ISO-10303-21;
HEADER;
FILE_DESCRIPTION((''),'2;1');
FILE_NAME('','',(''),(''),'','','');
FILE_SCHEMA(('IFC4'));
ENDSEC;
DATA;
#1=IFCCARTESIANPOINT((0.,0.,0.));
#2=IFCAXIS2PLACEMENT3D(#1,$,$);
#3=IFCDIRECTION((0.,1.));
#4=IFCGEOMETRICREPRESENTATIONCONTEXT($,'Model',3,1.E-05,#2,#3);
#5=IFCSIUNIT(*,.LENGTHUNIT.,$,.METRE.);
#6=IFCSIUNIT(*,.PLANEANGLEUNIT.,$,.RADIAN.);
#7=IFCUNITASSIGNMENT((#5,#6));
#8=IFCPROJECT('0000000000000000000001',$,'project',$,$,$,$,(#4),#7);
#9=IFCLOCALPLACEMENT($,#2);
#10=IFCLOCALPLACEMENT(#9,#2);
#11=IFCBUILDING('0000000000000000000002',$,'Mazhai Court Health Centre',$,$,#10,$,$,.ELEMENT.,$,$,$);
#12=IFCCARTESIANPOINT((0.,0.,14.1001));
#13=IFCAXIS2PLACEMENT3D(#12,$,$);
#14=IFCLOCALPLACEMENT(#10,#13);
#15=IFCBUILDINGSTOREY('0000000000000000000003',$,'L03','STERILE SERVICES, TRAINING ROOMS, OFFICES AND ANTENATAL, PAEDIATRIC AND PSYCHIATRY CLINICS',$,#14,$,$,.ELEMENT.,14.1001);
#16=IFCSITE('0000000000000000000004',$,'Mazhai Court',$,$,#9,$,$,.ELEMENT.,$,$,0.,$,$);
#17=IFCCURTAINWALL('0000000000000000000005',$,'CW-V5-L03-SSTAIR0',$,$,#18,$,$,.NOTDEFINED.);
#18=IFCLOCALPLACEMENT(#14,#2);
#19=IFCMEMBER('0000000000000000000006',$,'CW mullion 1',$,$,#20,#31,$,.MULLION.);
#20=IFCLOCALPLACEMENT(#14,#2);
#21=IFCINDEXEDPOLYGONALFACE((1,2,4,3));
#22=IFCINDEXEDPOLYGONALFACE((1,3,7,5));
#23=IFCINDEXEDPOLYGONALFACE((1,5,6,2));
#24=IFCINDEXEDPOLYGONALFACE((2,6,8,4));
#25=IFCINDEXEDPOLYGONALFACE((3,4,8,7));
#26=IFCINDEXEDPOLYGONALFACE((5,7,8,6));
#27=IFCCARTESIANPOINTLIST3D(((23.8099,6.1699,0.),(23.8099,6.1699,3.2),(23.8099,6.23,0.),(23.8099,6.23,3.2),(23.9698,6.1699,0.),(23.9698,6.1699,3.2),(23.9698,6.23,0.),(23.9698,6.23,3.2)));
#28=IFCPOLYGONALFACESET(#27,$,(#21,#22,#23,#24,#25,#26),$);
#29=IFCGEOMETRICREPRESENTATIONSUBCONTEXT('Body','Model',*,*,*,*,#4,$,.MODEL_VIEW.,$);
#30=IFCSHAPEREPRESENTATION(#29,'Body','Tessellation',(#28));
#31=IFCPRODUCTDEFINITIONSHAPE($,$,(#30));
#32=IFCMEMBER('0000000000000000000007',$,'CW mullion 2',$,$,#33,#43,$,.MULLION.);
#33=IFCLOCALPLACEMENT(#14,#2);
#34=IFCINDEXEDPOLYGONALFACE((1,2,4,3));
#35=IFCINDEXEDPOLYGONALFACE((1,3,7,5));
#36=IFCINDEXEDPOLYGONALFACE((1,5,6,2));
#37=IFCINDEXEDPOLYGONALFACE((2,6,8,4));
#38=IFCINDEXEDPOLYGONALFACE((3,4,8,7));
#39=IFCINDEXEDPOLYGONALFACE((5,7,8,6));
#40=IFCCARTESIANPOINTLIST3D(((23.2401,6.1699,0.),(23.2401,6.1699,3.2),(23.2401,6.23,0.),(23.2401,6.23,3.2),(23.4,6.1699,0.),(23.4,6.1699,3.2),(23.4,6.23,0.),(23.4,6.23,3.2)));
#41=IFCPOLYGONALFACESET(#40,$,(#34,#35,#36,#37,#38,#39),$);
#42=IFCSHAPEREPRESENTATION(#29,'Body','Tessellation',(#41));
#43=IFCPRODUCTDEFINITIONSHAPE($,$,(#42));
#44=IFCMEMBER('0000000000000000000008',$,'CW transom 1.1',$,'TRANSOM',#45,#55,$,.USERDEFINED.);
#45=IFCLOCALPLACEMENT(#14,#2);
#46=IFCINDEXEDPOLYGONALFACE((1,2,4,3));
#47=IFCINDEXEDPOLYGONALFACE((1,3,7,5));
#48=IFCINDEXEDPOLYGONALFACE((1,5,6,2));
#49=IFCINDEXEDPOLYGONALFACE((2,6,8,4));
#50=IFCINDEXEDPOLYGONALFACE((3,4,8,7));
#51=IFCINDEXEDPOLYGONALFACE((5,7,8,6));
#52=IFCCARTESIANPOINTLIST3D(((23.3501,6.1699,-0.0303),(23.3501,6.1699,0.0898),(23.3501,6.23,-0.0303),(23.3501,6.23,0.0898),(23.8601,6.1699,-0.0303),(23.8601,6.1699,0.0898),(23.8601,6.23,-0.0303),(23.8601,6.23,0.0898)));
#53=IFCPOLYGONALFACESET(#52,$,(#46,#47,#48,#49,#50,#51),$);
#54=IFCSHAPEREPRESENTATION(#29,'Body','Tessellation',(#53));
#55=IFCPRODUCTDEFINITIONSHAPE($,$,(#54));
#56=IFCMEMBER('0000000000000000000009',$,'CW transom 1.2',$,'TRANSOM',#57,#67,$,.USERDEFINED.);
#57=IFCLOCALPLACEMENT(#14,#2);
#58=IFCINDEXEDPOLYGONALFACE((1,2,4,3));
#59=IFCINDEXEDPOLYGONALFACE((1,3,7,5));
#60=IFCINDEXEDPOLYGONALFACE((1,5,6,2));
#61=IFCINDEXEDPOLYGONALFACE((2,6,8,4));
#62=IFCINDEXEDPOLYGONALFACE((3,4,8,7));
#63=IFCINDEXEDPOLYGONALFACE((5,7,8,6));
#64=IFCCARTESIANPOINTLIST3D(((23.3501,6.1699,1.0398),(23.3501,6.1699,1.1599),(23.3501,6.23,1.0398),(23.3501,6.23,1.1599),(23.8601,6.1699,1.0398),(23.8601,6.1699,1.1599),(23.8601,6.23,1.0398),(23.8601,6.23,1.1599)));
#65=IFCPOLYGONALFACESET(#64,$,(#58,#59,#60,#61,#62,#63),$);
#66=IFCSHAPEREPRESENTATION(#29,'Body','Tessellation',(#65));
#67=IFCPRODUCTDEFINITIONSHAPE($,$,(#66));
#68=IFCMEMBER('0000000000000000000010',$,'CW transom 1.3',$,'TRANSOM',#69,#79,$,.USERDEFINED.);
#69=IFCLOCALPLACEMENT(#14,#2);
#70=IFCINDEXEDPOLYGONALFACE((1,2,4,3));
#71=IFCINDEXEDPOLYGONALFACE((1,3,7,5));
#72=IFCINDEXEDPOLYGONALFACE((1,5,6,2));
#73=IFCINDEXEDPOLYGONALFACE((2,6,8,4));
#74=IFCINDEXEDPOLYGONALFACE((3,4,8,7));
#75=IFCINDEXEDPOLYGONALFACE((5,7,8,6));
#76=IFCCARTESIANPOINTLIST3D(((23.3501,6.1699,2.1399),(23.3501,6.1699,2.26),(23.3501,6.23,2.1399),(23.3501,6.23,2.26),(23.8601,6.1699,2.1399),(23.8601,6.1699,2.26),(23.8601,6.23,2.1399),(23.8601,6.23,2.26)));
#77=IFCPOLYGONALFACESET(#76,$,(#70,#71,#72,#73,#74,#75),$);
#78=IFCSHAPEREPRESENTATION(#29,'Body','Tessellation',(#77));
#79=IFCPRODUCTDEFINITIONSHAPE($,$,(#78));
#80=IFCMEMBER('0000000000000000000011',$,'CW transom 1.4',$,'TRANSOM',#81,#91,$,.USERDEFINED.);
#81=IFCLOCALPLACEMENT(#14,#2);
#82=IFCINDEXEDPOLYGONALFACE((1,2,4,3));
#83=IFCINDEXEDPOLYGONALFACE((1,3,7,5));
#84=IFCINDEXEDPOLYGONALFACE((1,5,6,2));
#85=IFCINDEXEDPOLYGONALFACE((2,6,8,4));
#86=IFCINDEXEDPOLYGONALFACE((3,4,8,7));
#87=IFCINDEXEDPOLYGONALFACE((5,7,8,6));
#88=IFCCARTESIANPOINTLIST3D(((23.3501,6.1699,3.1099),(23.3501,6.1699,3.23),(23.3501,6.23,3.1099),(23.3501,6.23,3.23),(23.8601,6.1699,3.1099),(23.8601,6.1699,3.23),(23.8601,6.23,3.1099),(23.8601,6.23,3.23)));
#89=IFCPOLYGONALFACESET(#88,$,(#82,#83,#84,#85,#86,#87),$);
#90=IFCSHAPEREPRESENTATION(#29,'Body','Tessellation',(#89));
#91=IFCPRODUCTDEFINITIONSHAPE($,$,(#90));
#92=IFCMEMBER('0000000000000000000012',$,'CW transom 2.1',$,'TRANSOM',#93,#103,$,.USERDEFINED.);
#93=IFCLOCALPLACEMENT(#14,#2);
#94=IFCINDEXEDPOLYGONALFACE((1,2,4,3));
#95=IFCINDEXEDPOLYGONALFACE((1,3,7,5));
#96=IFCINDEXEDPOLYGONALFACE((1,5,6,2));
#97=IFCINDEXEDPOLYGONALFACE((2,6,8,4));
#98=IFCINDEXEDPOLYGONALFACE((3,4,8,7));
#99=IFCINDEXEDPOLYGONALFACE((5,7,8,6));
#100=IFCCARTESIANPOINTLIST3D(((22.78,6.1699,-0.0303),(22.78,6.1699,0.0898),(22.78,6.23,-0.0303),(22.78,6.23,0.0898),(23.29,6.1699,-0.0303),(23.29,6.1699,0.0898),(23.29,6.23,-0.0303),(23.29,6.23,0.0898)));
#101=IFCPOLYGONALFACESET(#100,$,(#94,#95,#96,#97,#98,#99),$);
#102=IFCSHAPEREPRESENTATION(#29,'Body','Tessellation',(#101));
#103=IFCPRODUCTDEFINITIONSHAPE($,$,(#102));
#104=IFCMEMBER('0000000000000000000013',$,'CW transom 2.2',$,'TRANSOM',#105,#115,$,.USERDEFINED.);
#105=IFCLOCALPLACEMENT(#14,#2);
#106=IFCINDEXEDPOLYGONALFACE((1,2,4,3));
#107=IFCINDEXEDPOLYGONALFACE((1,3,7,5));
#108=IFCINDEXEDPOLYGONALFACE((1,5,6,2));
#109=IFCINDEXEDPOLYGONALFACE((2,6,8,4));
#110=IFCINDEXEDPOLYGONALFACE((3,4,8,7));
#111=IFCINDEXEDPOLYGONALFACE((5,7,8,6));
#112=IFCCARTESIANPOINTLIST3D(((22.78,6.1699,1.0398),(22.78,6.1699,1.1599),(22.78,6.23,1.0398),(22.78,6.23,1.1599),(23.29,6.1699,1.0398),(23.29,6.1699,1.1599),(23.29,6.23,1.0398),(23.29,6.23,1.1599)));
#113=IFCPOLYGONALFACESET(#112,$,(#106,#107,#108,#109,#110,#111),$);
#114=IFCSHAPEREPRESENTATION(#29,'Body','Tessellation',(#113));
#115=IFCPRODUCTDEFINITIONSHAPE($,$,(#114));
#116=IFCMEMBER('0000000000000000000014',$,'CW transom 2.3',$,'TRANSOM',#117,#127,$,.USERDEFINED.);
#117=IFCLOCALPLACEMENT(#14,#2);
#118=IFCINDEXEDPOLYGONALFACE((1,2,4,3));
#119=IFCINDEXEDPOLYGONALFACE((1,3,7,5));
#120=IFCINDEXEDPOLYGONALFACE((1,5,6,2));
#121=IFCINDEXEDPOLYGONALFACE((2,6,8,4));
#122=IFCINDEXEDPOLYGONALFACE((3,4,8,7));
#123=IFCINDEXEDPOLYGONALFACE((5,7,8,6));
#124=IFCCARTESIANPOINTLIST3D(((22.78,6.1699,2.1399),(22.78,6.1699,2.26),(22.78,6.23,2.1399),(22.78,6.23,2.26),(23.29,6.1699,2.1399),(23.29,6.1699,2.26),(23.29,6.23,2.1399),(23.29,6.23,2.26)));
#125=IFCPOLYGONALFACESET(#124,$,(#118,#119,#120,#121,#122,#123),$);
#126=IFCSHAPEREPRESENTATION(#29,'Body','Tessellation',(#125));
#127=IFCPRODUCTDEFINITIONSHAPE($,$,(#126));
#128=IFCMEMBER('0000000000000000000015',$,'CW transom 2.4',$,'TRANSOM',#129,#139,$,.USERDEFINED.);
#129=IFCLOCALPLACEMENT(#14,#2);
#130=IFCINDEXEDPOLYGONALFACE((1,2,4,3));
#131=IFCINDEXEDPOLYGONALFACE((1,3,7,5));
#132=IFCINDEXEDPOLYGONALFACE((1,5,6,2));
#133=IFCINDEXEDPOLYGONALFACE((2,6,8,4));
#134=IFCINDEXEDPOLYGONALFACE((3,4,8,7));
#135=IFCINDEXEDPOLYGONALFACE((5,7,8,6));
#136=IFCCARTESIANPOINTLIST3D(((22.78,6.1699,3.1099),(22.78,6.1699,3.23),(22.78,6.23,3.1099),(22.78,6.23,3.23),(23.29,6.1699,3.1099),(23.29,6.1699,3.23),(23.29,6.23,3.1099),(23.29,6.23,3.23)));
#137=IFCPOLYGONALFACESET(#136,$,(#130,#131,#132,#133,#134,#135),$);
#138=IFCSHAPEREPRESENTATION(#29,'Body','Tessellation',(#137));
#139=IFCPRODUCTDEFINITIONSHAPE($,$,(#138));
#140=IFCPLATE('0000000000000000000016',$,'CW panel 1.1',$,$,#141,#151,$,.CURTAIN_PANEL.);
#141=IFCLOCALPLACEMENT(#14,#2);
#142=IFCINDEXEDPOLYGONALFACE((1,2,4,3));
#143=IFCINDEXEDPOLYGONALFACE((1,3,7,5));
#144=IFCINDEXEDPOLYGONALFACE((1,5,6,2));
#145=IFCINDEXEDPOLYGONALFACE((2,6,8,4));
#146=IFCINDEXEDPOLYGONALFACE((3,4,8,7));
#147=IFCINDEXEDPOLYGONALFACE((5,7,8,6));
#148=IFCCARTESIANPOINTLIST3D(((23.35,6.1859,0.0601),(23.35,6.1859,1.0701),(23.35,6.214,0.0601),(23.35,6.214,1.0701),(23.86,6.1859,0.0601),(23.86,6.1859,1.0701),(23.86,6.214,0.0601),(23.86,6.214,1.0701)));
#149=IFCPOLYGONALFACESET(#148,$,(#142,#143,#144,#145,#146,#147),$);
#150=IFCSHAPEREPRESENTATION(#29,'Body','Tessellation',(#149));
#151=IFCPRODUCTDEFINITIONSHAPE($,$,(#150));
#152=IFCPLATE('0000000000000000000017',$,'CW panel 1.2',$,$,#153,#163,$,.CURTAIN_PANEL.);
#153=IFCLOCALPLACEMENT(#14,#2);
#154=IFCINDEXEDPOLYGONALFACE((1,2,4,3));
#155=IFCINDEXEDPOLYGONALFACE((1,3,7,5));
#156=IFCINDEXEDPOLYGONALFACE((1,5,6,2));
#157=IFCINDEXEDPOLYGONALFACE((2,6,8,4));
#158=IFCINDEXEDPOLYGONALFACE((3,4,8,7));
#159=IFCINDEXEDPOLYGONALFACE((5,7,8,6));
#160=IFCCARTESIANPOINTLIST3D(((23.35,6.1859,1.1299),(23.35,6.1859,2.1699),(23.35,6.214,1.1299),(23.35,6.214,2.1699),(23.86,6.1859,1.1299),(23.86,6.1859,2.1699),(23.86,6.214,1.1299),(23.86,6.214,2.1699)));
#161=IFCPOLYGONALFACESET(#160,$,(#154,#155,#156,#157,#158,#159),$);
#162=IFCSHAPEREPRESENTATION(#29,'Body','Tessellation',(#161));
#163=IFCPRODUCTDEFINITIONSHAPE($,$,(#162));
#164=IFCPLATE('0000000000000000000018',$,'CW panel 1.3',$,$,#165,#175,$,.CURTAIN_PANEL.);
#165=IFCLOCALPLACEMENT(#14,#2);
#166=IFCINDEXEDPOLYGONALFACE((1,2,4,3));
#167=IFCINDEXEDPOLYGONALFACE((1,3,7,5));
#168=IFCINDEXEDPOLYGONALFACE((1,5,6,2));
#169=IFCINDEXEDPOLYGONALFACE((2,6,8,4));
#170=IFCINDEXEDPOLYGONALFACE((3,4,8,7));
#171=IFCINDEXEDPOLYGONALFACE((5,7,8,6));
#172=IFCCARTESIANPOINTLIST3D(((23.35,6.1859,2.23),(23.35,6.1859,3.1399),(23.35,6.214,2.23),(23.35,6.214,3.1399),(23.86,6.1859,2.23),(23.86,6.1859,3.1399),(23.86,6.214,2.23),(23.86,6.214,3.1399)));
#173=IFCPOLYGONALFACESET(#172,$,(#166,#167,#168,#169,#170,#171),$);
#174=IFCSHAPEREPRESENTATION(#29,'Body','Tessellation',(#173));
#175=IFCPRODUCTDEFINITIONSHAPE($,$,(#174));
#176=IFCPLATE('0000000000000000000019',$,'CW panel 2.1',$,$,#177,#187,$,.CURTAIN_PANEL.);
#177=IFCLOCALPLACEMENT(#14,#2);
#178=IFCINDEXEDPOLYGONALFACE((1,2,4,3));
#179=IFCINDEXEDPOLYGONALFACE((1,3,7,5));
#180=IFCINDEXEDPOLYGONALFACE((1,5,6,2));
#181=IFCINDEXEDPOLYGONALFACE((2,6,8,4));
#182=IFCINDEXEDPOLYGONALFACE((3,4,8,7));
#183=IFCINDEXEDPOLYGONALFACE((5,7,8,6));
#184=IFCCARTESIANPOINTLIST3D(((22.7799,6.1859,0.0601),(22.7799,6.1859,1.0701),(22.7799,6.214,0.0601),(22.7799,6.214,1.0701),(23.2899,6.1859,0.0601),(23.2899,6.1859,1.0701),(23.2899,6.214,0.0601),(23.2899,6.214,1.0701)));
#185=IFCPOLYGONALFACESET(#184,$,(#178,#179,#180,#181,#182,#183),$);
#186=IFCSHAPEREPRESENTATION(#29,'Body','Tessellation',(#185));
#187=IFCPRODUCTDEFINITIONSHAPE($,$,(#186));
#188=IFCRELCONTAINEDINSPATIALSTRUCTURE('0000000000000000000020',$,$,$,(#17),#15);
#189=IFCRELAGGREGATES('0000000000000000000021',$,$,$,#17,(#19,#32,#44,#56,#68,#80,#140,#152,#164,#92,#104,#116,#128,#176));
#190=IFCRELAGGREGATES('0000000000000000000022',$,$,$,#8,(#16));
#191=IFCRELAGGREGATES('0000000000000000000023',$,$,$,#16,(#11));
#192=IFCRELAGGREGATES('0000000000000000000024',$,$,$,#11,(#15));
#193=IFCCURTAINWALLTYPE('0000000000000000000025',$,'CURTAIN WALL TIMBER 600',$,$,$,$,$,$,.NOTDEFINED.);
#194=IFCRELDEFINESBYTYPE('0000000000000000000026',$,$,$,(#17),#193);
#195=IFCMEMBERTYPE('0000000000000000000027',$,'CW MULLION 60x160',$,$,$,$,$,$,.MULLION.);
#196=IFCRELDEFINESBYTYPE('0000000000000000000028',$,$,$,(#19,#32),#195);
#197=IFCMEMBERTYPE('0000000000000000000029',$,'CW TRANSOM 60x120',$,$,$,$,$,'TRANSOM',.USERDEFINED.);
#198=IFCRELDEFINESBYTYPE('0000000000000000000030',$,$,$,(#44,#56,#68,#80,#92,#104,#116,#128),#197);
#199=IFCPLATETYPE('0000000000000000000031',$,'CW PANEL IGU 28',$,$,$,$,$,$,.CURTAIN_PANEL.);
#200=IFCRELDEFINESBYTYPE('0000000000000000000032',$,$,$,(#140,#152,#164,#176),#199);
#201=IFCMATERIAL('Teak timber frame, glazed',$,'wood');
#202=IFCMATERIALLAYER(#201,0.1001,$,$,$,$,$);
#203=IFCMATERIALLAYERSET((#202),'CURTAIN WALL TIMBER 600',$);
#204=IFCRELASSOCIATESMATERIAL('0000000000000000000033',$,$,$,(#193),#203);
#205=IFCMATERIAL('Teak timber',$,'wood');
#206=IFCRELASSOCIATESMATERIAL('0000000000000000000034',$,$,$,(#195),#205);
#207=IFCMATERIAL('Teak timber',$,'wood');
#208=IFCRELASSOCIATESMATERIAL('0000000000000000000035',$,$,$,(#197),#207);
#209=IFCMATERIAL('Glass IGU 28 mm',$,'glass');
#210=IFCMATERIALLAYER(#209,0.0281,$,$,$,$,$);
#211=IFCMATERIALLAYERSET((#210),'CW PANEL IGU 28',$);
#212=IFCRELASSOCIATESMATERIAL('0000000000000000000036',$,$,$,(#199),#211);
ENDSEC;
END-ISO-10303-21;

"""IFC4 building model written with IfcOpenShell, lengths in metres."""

from ifc_helpers import new_model, si_unit, direction, frame, origin, origin_2d, place, context, subcontext, project, spatial, rectangle, extrude, material, layer, layer_set, material_profile, profile_set, type_object, element, aggregate, save


model = new_model("IFC4")

# Units and contexts
model_context = context("Model", 3, precision=1e-05, world=origin(), true_north=direction((0.0, 1.0)))
body_context = subcontext(model_context, "Body", "Model", "MODEL_VIEW")
ifc_project = project(units=[si_unit("LENGTHUNIT", "METRE"), si_unit("PLANEANGLEUNIT", "RADIAN")], contexts=[model_context])

# Site, building, storey
site_placement = place(None, origin())
site = spatial("IfcSite", under=ifc_project, at=site_placement, Name="Mazhai Court", CompositionType="ELEMENT", RefElevation=0.0)
building_placement = place(site_placement, origin())
building = spatial("IfcBuilding", under=site, at=building_placement, Name="Mazhai Court Health Centre", CompositionType="ELEMENT")
storey_placement = place(building_placement, frame((0.0, 0.0, 14.1001)))
storey = spatial("IfcBuildingStorey", under=building, at=storey_placement, Name="L03", Description="STERILE SERVICES, TRAINING ROOMS, OFFICES AND ANTENATAL, PAEDIATRIC AND PSYCHIATRY CLINICS", CompositionType="ELEMENT", Elevation=14.1001)

# Curtain wall, members, plates
ifc_material_1 = material(Name="Teak timber frame, glazed", Category="wood")
ifc_layer_1 = layer(ifc_material_1, 0.1001)
ifc_layer_set_1 = layer_set([ifc_layer_1], Name="CURTAIN WALL TIMBER 600")
curtain_wall_type = type_object("IfcCurtainWallType", Name="CURTAIN WALL TIMBER 600", PredefinedType="NOTDEFINED", material=ifc_layer_set_1)
curtain_wall_placement = place(storey_placement, origin())
curtain_wall = element("IfcCurtainWall", 1, at=curtain_wall_placement, inside=storey, type_object=curtain_wall_type, Name="CW-V5-L03-SSTAIR0", PredefinedType="NOTDEFINED")
ifc_material_2 = material(Name="Teak timber", Category="wood")
ifc_material_profile_1 = material_profile(ifc_material_2, rectangle(XDim=0.0601, YDim=0.1599, at=origin_2d()), Name="CW MULLION 60x160")
ifc_profile_set_1 = profile_set([ifc_material_profile_1], Name="Teak timber")
member_type_1 = type_object("IfcMemberType", Name="CW MULLION 60x160", PredefinedType="MULLION", material=ifc_profile_set_1)
member_1_placement = place(storey_placement, frame((23.8899, 6.2, 0.0), z_axis=(0.0, 0.0, 1.0), x_axis=(0.0, -1.0, 0.0)))
member_1 = element("IfcMember", 2, at=member_1_placement, type_object=member_type_1, Name="CW mullion 1", PredefinedType="MULLION", context=body_context, shape_type="SweptSolid", body=[
    extrude(rectangle(XDim=0.0601, YDim=0.1599, at=origin_2d()), origin(), (0.0, 0.0, 1.0), 3.2),
])
member_2_placement = place(storey_placement, frame((23.3201, 6.2, 0.0), z_axis=(0.0, 0.0, 1.0), x_axis=(0.0, -1.0, 0.0)))
member_2 = element("IfcMember", 3, at=member_2_placement, type_object=member_type_1, Name="CW mullion 2", PredefinedType="MULLION", context=body_context, shape_type="SweptSolid", body=[
    extrude(rectangle(XDim=0.0601, YDim=0.1599, at=origin_2d()), origin(), (0.0, 0.0, 1.0), 3.2),
])
ifc_material_3 = material(Name="Teak timber", Category="wood")
ifc_material_profile_2 = material_profile(ifc_material_3, rectangle(XDim=0.0601, YDim=0.1201, at=origin_2d()), Name="CW TRANSOM 60x120")
ifc_profile_set_2 = profile_set([ifc_material_profile_2], Name="Teak timber")
member_type_2 = type_object("IfcMemberType", Name="CW TRANSOM 60x120", ElementType="TRANSOM", PredefinedType="USERDEFINED", material=ifc_profile_set_2)
member_3_placement = place(storey_placement, frame((23.8601, 6.2, 0.0298), z_axis=(-1.0, 0.0, 0.0), x_axis=(0.0, -1.0, 0.0)))
member_3 = element("IfcMember", 4, at=member_3_placement, type_object=member_type_2, Name="CW transom 1.1", ObjectType="TRANSOM", PredefinedType="USERDEFINED", context=body_context, shape_type="SweptSolid", body=[
    extrude(rectangle(XDim=0.0601, YDim=0.1201, at=origin_2d()), origin(), (0.0, 0.0, 1.0), 0.51),
])
member_4_placement = place(storey_placement, frame((23.8601, 6.2, 1.0999), z_axis=(-1.0, 0.0, 0.0), x_axis=(0.0, -1.0, 0.0)))
member_4 = element("IfcMember", 5, at=member_4_placement, type_object=member_type_2, Name="CW transom 1.2", ObjectType="TRANSOM", PredefinedType="USERDEFINED", context=body_context, shape_type="SweptSolid", body=[
    extrude(rectangle(XDim=0.0601, YDim=0.1201, at=origin_2d()), origin(), (0.0, 0.0, 1.0), 0.51),
])
member_5_placement = place(storey_placement, frame((23.8601, 6.2, 2.2), z_axis=(-1.0, 0.0, 0.0), x_axis=(0.0, -1.0, 0.0)))
member_5 = element("IfcMember", 6, at=member_5_placement, type_object=member_type_2, Name="CW transom 1.3", ObjectType="TRANSOM", PredefinedType="USERDEFINED", context=body_context, shape_type="SweptSolid", body=[
    extrude(rectangle(XDim=0.0601, YDim=0.1201, at=origin_2d()), origin(), (0.0, 0.0, 1.0), 0.51),
])
member_6_placement = place(storey_placement, frame((23.8601, 6.2, 3.1699), z_axis=(-1.0, 0.0, 0.0), x_axis=(0.0, -1.0, 0.0)))
member_6 = element("IfcMember", 7, at=member_6_placement, type_object=member_type_2, Name="CW transom 1.4", ObjectType="TRANSOM", PredefinedType="USERDEFINED", context=body_context, shape_type="SweptSolid", body=[
    extrude(rectangle(XDim=0.0601, YDim=0.1201, at=origin_2d()), origin(), (0.0, 0.0, 1.0), 0.51),
])
member_7_placement = place(storey_placement, frame((23.29, 6.2, 0.0298), z_axis=(-1.0, 0.0, 0.0), x_axis=(0.0, -1.0, 0.0)))
member_7 = element("IfcMember", 8, at=member_7_placement, type_object=member_type_2, Name="CW transom 2.1", ObjectType="TRANSOM", PredefinedType="USERDEFINED", context=body_context, shape_type="SweptSolid", body=[
    extrude(rectangle(XDim=0.0601, YDim=0.1201, at=origin_2d()), origin(), (0.0, 0.0, 1.0), 0.51),
])
member_8_placement = place(storey_placement, frame((23.29, 6.2, 1.0999), z_axis=(-1.0, 0.0, 0.0), x_axis=(0.0, -1.0, 0.0)))
member_8 = element("IfcMember", 9, at=member_8_placement, type_object=member_type_2, Name="CW transom 2.2", ObjectType="TRANSOM", PredefinedType="USERDEFINED", context=body_context, shape_type="SweptSolid", body=[
    extrude(rectangle(XDim=0.0601, YDim=0.1201, at=origin_2d()), origin(), (0.0, 0.0, 1.0), 0.51),
])
member_9_placement = place(storey_placement, frame((23.29, 6.2, 2.2), z_axis=(-1.0, 0.0, 0.0), x_axis=(0.0, -1.0, 0.0)))
member_9 = element("IfcMember", 10, at=member_9_placement, type_object=member_type_2, Name="CW transom 2.3", ObjectType="TRANSOM", PredefinedType="USERDEFINED", context=body_context, shape_type="SweptSolid", body=[
    extrude(rectangle(XDim=0.0601, YDim=0.1201, at=origin_2d()), origin(), (0.0, 0.0, 1.0), 0.51),
])
member_10_placement = place(storey_placement, frame((23.29, 6.2, 3.1699), z_axis=(-1.0, 0.0, 0.0), x_axis=(0.0, -1.0, 0.0)))
member_10 = element("IfcMember", 11, at=member_10_placement, type_object=member_type_2, Name="CW transom 2.4", ObjectType="TRANSOM", PredefinedType="USERDEFINED", context=body_context, shape_type="SweptSolid", body=[
    extrude(rectangle(XDim=0.0601, YDim=0.1201, at=origin_2d()), origin(), (0.0, 0.0, 1.0), 0.51),
])
ifc_material_4 = material(Name="Glass IGU 28 mm", Category="glass")
ifc_layer_2 = layer(ifc_material_4, 0.0281)
ifc_layer_set_2 = layer_set([ifc_layer_2], Name="CW PANEL IGU 28")
plate_type = type_object("IfcPlateType", Name="CW PANEL IGU 28", PredefinedType="CURTAIN_PANEL", material=ifc_layer_set_2)
plate_1_placement = place(storey_placement, frame((23.605, 6.2, 0.0601), z_axis=(0.0, 0.0, 1.0), x_axis=(-1.0, 0.0, 0.0)))
plate_1 = element("IfcPlate", 12, at=plate_1_placement, type_object=plate_type, Name="CW panel 1.1", PredefinedType="CURTAIN_PANEL", context=body_context, shape_type="SweptSolid", body=[
    extrude(rectangle(XDim=0.51, YDim=0.0281, at=origin_2d()), origin(), (0.0, 0.0, 1.0), 1.01),
])
plate_2_placement = place(storey_placement, frame((23.605, 6.2, 1.1299), z_axis=(0.0, 0.0, 1.0), x_axis=(-1.0, 0.0, 0.0)))
plate_2 = element("IfcPlate", 13, at=plate_2_placement, type_object=plate_type, Name="CW panel 1.2", PredefinedType="CURTAIN_PANEL", context=body_context, shape_type="SweptSolid", body=[
    extrude(rectangle(XDim=0.51, YDim=0.0281, at=origin_2d()), origin(), (0.0, 0.0, 1.0), 1.04),
])
plate_3_placement = place(storey_placement, frame((23.605, 6.2, 2.23), z_axis=(0.0, 0.0, 1.0), x_axis=(-1.0, 0.0, 0.0)))
plate_3 = element("IfcPlate", 14, at=plate_3_placement, type_object=plate_type, Name="CW panel 1.3", PredefinedType="CURTAIN_PANEL", context=body_context, shape_type="SweptSolid", body=[
    extrude(rectangle(XDim=0.51, YDim=0.0281, at=origin_2d()), origin(), (0.0, 0.0, 1.0), 0.9099),
])
plate_4_placement = place(storey_placement, frame((23.0349, 6.2, 0.0601), z_axis=(0.0, 0.0, 1.0), x_axis=(-1.0, 0.0, 0.0)))
plate_4 = element("IfcPlate", 15, at=plate_4_placement, type_object=plate_type, Name="CW panel 2.1", PredefinedType="CURTAIN_PANEL", context=body_context, shape_type="SweptSolid", body=[
    extrude(rectangle(XDim=0.51, YDim=0.0281, at=origin_2d()), origin(), (0.0, 0.0, 1.0), 1.01),
])
aggregate(curtain_wall, [member_1, member_2, member_3, member_4, member_5, member_6, plate_1, plate_2, plate_3, member_7, member_8, member_9, member_10, plate_4])

save(model, "model.ifc")
